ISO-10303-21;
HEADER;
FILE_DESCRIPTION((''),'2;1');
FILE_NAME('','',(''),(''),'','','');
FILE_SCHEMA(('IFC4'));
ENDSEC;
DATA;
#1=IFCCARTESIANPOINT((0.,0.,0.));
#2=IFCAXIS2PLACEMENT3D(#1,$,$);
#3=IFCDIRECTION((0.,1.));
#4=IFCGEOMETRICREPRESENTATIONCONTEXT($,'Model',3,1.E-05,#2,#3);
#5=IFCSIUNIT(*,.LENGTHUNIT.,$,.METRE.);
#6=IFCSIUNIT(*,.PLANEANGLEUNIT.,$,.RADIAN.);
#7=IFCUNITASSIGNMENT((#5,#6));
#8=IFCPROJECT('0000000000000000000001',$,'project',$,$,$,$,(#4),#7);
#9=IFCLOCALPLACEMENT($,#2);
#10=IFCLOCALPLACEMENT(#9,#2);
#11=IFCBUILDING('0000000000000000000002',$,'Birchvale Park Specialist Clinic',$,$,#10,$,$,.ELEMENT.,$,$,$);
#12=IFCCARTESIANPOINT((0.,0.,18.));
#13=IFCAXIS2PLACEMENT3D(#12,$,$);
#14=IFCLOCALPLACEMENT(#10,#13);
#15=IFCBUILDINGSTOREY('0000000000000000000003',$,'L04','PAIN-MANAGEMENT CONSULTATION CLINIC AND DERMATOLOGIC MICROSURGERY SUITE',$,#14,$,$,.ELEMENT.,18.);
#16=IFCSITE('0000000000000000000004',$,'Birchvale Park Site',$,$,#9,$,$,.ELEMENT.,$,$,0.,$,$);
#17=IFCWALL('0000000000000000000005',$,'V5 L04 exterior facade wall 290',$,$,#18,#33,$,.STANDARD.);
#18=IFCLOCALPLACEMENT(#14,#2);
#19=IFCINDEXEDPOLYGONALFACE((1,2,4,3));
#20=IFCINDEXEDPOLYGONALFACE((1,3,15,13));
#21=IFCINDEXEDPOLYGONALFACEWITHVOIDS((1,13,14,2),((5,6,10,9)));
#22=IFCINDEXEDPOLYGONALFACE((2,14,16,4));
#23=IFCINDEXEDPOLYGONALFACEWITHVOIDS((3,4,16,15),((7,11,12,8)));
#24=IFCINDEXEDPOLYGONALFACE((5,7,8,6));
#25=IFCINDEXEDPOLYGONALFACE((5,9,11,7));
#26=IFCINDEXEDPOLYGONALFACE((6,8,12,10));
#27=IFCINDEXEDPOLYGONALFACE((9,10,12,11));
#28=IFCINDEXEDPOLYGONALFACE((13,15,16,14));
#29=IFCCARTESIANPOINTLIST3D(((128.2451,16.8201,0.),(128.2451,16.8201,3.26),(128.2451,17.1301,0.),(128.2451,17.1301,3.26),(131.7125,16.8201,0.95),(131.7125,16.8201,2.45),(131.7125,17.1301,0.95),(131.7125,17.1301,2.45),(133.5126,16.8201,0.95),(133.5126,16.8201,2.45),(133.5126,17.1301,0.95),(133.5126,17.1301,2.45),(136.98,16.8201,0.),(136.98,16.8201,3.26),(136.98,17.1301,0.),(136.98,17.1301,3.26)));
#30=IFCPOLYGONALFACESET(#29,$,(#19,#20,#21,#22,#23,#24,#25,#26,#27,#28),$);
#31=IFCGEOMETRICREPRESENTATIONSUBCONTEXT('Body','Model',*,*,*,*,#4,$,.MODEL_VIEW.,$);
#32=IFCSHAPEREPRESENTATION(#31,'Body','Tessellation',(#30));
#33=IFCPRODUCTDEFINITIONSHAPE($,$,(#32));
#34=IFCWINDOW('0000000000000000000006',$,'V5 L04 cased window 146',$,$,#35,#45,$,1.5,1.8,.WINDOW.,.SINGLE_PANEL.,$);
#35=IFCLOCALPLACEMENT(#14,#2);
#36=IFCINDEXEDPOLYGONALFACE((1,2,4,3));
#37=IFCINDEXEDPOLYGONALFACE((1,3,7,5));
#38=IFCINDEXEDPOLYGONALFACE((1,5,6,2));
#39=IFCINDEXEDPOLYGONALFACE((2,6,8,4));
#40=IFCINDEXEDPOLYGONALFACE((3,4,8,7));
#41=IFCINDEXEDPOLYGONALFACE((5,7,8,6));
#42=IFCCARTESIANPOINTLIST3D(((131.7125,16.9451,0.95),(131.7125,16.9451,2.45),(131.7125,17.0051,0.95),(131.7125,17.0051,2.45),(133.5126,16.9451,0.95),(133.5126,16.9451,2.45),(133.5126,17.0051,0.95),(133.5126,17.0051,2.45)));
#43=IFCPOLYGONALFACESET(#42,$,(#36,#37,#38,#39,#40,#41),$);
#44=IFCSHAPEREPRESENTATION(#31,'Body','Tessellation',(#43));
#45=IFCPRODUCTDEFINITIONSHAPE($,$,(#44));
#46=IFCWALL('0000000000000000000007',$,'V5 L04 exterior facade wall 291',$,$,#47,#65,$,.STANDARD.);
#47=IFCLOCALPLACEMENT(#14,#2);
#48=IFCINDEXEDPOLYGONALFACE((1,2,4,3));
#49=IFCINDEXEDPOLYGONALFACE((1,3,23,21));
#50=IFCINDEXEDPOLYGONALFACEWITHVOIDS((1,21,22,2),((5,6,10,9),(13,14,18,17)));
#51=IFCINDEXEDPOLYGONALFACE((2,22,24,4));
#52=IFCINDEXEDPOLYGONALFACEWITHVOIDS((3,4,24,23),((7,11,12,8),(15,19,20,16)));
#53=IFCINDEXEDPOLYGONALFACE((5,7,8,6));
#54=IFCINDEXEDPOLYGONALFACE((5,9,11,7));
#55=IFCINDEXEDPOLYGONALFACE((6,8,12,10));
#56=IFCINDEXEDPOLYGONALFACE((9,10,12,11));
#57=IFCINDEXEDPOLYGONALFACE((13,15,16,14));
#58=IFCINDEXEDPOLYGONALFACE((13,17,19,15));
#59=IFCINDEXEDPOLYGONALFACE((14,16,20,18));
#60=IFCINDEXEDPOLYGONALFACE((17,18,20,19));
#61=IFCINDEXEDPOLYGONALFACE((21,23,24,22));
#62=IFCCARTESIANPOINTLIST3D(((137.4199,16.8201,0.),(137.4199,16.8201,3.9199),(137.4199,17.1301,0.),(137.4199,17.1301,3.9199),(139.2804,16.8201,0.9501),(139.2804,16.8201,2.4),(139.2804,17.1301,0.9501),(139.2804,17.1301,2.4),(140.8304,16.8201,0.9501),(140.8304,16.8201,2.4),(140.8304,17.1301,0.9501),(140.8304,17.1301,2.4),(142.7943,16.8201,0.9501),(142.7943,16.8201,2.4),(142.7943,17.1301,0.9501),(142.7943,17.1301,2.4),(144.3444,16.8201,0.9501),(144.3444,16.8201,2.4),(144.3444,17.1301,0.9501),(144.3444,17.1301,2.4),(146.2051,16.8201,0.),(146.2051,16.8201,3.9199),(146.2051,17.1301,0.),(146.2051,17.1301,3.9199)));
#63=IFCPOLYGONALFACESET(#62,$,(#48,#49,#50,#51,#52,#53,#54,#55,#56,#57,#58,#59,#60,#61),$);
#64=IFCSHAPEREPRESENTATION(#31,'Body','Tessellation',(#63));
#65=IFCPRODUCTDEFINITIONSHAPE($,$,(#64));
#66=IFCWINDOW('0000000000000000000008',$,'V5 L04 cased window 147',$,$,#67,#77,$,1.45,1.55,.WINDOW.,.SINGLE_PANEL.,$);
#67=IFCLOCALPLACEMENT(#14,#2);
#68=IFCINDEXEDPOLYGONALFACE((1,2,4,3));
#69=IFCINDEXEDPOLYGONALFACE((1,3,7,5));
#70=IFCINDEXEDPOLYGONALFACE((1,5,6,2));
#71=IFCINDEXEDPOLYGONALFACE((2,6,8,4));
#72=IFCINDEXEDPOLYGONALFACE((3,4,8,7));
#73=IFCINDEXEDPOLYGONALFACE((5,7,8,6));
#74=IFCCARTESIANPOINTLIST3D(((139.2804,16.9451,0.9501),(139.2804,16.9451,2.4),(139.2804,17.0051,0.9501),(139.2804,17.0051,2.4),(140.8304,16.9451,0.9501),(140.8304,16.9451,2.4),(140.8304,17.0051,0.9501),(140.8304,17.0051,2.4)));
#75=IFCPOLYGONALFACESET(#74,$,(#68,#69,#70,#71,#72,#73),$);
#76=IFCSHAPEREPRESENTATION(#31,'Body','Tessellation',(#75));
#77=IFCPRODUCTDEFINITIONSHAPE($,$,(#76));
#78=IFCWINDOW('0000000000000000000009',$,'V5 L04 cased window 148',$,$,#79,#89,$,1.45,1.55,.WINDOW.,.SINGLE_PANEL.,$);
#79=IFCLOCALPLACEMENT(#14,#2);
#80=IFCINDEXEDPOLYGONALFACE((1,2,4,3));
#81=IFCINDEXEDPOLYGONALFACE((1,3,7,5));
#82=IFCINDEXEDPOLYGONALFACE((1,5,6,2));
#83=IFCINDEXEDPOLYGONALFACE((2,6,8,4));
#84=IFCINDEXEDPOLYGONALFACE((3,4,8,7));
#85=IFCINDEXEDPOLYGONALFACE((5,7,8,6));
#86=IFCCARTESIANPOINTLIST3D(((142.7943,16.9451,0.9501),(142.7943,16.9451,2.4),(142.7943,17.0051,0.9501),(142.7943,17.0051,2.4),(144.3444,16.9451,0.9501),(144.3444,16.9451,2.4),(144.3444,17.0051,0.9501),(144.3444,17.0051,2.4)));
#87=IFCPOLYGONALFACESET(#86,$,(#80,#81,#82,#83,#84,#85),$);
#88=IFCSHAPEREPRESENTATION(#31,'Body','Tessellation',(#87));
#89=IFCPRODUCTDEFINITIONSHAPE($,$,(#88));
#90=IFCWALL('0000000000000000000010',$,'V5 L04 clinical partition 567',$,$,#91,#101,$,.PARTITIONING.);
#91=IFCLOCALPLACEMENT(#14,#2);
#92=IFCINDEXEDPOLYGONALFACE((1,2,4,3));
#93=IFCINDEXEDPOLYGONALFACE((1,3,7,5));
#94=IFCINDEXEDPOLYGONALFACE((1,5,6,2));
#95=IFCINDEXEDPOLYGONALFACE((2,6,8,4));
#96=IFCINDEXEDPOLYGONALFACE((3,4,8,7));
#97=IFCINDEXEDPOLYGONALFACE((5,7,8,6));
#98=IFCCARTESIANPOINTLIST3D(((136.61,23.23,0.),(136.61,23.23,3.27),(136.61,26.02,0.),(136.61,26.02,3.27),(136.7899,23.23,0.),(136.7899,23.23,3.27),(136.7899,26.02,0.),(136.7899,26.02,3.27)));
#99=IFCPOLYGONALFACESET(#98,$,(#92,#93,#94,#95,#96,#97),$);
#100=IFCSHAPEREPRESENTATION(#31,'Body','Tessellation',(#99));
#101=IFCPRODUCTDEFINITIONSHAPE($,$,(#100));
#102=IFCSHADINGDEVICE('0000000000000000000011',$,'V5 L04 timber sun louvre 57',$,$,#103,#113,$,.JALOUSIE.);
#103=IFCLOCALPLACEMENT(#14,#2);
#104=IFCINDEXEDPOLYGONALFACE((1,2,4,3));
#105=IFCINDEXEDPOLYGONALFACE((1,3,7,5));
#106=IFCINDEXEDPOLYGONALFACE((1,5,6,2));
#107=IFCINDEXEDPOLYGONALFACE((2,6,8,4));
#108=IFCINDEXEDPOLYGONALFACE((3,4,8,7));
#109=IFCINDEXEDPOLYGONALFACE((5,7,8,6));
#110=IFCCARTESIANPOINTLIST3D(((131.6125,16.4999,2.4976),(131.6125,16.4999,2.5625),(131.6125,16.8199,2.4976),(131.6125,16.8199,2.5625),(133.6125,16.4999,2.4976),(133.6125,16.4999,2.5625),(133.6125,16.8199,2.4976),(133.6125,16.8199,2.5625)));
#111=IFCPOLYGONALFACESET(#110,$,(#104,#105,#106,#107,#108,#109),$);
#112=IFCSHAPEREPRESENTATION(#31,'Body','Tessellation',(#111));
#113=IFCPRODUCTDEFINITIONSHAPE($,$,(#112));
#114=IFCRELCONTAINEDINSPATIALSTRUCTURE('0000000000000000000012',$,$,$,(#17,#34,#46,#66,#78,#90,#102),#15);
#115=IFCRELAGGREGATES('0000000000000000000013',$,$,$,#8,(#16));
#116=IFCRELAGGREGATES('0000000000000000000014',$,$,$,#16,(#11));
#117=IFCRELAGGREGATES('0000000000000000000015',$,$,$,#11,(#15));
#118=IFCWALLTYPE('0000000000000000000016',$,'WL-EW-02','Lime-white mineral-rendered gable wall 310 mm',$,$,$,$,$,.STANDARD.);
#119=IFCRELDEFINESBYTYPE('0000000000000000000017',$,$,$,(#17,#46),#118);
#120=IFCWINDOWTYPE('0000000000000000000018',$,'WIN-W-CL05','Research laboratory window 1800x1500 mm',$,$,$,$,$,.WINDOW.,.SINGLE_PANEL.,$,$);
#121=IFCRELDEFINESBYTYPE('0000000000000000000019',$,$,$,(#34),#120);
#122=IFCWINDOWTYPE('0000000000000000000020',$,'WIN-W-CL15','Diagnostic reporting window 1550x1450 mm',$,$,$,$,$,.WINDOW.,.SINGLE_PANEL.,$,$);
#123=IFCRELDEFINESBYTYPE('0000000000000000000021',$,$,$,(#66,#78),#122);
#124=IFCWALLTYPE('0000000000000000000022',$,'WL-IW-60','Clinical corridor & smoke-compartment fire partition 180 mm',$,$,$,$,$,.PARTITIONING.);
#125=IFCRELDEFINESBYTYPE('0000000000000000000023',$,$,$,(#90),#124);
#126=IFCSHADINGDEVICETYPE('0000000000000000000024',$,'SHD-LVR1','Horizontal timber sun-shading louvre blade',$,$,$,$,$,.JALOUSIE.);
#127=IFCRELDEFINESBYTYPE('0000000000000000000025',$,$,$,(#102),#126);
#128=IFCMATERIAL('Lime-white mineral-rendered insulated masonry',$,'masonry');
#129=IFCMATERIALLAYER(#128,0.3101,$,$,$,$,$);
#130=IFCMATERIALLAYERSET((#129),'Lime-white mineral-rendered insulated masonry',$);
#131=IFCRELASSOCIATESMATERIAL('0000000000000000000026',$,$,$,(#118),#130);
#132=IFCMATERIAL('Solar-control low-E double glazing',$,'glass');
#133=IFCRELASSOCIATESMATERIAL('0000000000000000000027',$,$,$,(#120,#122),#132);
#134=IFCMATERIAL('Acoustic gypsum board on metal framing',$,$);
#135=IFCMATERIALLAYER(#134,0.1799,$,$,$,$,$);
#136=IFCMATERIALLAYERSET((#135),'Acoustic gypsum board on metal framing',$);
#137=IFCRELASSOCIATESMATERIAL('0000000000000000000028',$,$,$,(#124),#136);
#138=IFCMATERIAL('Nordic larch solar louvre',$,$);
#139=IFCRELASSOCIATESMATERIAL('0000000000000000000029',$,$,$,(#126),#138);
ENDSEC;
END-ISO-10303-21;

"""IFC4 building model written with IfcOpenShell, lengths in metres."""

from ifc_helpers import new_model, si_unit, direction, frame, frame_2d, origin, origin_2d, place, context, subcontext, project, spatial, rectangle, extrude, material, layer, layer_set, type_object, element, fill, save


model = new_model("IFC4")

# Units and contexts
model_context = context("Model", 3, precision=1e-05, world=origin(), true_north=direction((0.0, 1.0)))
body_context = subcontext(model_context, "Body", "Model", "MODEL_VIEW")
ifc_project = project(units=[si_unit("LENGTHUNIT", "METRE"), si_unit("PLANEANGLEUNIT", "RADIAN")], contexts=[model_context])

# Site, building, storey
site_placement = place(None, origin())
site = spatial("IfcSite", under=ifc_project, at=site_placement, Name="Birchvale Park Site", CompositionType="ELEMENT", RefElevation=0.0)
building_placement = place(site_placement, origin())
building = spatial("IfcBuilding", under=site, at=building_placement, Name="Birchvale Park Specialist Clinic", CompositionType="ELEMENT")
storey_placement = place(building_placement, frame((0.0, 0.0, 18.0)))
storey = spatial("IfcBuildingStorey", under=building, at=storey_placement, Name="L04", Description="PAIN-MANAGEMENT CONSULTATION CLINIC AND DERMATOLOGIC MICROSURGERY SUITE", CompositionType="ELEMENT", Elevation=18.0)

# Shared definitions
ifc_material_1 = material(Name="Solar-control low-E double glazing", Category="glass")

# Wall, opening, window
ifc_material_2 = material(Name="Lime-white mineral-rendered insulated masonry", Category="masonry")
ifc_layer_1 = layer(ifc_material_2, 0.3101)
ifc_layer_set_1 = layer_set([ifc_layer_1], Name="Lime-white mineral-rendered insulated masonry")
wall_type_1 = type_object("IfcWallType", Name="WL-EW-02", Description="Lime-white mineral-rendered gable wall 310 mm", PredefinedType="STANDARD", material=ifc_layer_set_1)
wall_1_placement = place(storey_placement, frame((128.2451, 16.9751, 0.0), z_axis=(0.0, 0.0, 1.0), x_axis=(1.0, 0.0, 0.0)))
wall_1 = element("IfcWall", 1, at=wall_1_placement, inside=storey, type_object=wall_type_1, Name="V5 L04 exterior facade wall 290", PredefinedType="STANDARD", context=body_context, shape_type="SweptSolid", body=[
    extrude(rectangle(XDim=8.7349, YDim=0.3101, at=frame_2d((4.3674, 0.0))), origin(), (0.0, 0.0, 1.0), 3.26),
])
opening_1_placement = place(wall_1_placement, frame((3.4675, 0.0, 0.95)))
opening_1 = element("IfcOpeningElement", 2, at=opening_1_placement, cuts=wall_1, PredefinedType="OPENING", context=body_context, shape_type="SweptSolid", body=[
    extrude(rectangle(XDim=1.8, YDim=1.5, at=frame_2d((0.8999, 0.75))), frame((0.0, 0.165, 0.0), z_axis=(0.0, -1.0, 0.0), x_axis=(1.0, 0.0, 0.0)), (0.0, 0.0, 1.0), 0.3301),
])
window_type_1 = type_object("IfcWindowType", Name="WIN-W-CL05", Description="Research laboratory window 1800x1500 mm", PartitioningType="SINGLE_PANEL", PredefinedType="WINDOW", material=ifc_material_1)
window_1_placement = place(opening_1_placement, origin())
window_1 = element("IfcWindow", 3, at=window_1_placement, inside=storey, type_object=window_type_1, Name="V5 L04 cased window 146", OverallHeight=1.5, OverallWidth=1.8, PartitioningType="SINGLE_PANEL", PredefinedType="WINDOW", context=body_context, shape_type="SweptSolid", body=[
    extrude(rectangle(XDim=1.8, YDim=1.5, at=frame_2d((0.8999, 0.75))), frame((0.0, 0.03, 0.0), z_axis=(0.0, -1.0, 0.0), x_axis=(1.0, 0.0, 0.0)), (0.0, 0.0, 1.0), 0.0601),
])
fill(opening_1, window_1)

# Wall, openings, windows
wall_2_placement = place(storey_placement, frame((137.4199, 16.9751, 0.0), z_axis=(0.0, 0.0, 1.0), x_axis=(1.0, 0.0, 0.0)))
wall_2 = element("IfcWall", 4, at=wall_2_placement, inside=storey, type_object=wall_type_1, Name="V5 L04 exterior facade wall 291", PredefinedType="STANDARD", context=body_context, shape_type="SweptSolid", body=[
    extrude(rectangle(XDim=8.7852, YDim=0.3101, at=frame_2d((4.3926, 0.0))), origin(), (0.0, 0.0, 1.0), 3.9199),
])
opening_2_placement = place(wall_2_placement, frame((1.8606, 0.0, 0.95)))
opening_2 = element("IfcOpeningElement", 5, at=opening_2_placement, cuts=wall_2, PredefinedType="OPENING", context=body_context, shape_type="SweptSolid", body=[
    extrude(rectangle(XDim=1.55, YDim=1.45, at=frame_2d((0.7749, 0.7251))), frame((0.0, 0.165, 0.0), z_axis=(0.0, -1.0, 0.0), x_axis=(1.0, 0.0, 0.0)), (0.0, 0.0, 1.0), 0.3301),
])
opening_3_placement = place(wall_2_placement, frame((5.3745, 0.0, 0.95)))
opening_3 = element("IfcOpeningElement", 6, at=opening_3_placement, cuts=wall_2, PredefinedType="OPENING", context=body_context, shape_type="SweptSolid", body=[
    extrude(rectangle(XDim=1.55, YDim=1.45, at=frame_2d((0.7749, 0.7251))), frame((0.0, 0.165, 0.0), z_axis=(0.0, -1.0, 0.0), x_axis=(1.0, 0.0, 0.0)), (0.0, 0.0, 1.0), 0.3301),
])
window_type_2 = type_object("IfcWindowType", Name="WIN-W-CL15", Description="Diagnostic reporting window 1550x1450 mm", PartitioningType="SINGLE_PANEL", PredefinedType="WINDOW", material=ifc_material_1)
window_2_placement = place(opening_2_placement, origin())
window_2 = element("IfcWindow", 7, at=window_2_placement, inside=storey, type_object=window_type_2, Name="V5 L04 cased window 147", OverallHeight=1.45, OverallWidth=1.55, PartitioningType="SINGLE_PANEL", PredefinedType="WINDOW", context=body_context, shape_type="SweptSolid", body=[
    extrude(rectangle(XDim=1.55, YDim=1.45, at=frame_2d((0.7749, 0.7251))), frame((0.0, 0.03, 0.0), z_axis=(0.0, -1.0, 0.0), x_axis=(1.0, 0.0, 0.0)), (0.0, 0.0, 1.0), 0.0601),
])
fill(opening_2, window_2)
window_3_placement = place(opening_3_placement, origin())
window_3 = element("IfcWindow", 8, at=window_3_placement, inside=storey, type_object=window_type_2, Name="V5 L04 cased window 148", OverallHeight=1.45, OverallWidth=1.55, PartitioningType="SINGLE_PANEL", PredefinedType="WINDOW", context=body_context, shape_type="SweptSolid", body=[
    extrude(rectangle(XDim=1.55, YDim=1.45, at=frame_2d((0.7749, 0.7251))), frame((0.0, 0.03, 0.0), z_axis=(0.0, -1.0, 0.0), x_axis=(1.0, 0.0, 0.0)), (0.0, 0.0, 1.0), 0.0601),
])
fill(opening_3, window_3)

# Wall
ifc_material_3 = material(Name="Acoustic gypsum board on metal framing")
ifc_layer_2 = layer(ifc_material_3, 0.1799)
ifc_layer_set_2 = layer_set([ifc_layer_2], Name="Acoustic gypsum board on metal framing")
wall_type_2 = type_object("IfcWallType", Name="WL-IW-60", Description="Clinical corridor & smoke-compartment fire partition 180 mm", PredefinedType="PARTITIONING", material=ifc_layer_set_2)
wall_3_placement = place(storey_placement, frame((136.7, 23.23, 0.0), z_axis=(0.0, 0.0, 1.0), x_axis=(0.0, 1.0, 0.0)))
element("IfcWall", 9, at=wall_3_placement, inside=storey, type_object=wall_type_2, Name="V5 L04 clinical partition 567", PredefinedType="PARTITIONING", context=body_context, shape_type="SweptSolid", body=[
    extrude(rectangle(XDim=2.79, YDim=0.1799, at=frame_2d((1.395, 0.0))), origin(), (0.0, 0.0, 1.0), 3.27),
])

# Shading device
ifc_material_4 = material(Name="Nordic larch solar louvre")
shading_device_type = type_object("IfcShadingDeviceType", Name="SHD-LVR1", Description="Horizontal timber sun-shading louvre blade", PredefinedType="JALOUSIE", material=ifc_material_4)
shading_device_placement = place(storey_placement, frame((132.6125, 16.6599, 2.4976), z_axis=(0.0, 0.0, 1.0), x_axis=(1.0, 0.0, 0.0)))
element("IfcShadingDevice", 10, at=shading_device_placement, inside=storey, type_object=shading_device_type, Name="V5 L04 timber sun louvre 57", PredefinedType="JALOUSIE", context=body_context, shape_type="SweptSolid", body=[
    extrude(rectangle(XDim=2.0, YDim=0.3201, at=origin_2d()), origin(), (0.0, 0.0, 1.0), 0.0649),
])

save(model, "model.ifc")
